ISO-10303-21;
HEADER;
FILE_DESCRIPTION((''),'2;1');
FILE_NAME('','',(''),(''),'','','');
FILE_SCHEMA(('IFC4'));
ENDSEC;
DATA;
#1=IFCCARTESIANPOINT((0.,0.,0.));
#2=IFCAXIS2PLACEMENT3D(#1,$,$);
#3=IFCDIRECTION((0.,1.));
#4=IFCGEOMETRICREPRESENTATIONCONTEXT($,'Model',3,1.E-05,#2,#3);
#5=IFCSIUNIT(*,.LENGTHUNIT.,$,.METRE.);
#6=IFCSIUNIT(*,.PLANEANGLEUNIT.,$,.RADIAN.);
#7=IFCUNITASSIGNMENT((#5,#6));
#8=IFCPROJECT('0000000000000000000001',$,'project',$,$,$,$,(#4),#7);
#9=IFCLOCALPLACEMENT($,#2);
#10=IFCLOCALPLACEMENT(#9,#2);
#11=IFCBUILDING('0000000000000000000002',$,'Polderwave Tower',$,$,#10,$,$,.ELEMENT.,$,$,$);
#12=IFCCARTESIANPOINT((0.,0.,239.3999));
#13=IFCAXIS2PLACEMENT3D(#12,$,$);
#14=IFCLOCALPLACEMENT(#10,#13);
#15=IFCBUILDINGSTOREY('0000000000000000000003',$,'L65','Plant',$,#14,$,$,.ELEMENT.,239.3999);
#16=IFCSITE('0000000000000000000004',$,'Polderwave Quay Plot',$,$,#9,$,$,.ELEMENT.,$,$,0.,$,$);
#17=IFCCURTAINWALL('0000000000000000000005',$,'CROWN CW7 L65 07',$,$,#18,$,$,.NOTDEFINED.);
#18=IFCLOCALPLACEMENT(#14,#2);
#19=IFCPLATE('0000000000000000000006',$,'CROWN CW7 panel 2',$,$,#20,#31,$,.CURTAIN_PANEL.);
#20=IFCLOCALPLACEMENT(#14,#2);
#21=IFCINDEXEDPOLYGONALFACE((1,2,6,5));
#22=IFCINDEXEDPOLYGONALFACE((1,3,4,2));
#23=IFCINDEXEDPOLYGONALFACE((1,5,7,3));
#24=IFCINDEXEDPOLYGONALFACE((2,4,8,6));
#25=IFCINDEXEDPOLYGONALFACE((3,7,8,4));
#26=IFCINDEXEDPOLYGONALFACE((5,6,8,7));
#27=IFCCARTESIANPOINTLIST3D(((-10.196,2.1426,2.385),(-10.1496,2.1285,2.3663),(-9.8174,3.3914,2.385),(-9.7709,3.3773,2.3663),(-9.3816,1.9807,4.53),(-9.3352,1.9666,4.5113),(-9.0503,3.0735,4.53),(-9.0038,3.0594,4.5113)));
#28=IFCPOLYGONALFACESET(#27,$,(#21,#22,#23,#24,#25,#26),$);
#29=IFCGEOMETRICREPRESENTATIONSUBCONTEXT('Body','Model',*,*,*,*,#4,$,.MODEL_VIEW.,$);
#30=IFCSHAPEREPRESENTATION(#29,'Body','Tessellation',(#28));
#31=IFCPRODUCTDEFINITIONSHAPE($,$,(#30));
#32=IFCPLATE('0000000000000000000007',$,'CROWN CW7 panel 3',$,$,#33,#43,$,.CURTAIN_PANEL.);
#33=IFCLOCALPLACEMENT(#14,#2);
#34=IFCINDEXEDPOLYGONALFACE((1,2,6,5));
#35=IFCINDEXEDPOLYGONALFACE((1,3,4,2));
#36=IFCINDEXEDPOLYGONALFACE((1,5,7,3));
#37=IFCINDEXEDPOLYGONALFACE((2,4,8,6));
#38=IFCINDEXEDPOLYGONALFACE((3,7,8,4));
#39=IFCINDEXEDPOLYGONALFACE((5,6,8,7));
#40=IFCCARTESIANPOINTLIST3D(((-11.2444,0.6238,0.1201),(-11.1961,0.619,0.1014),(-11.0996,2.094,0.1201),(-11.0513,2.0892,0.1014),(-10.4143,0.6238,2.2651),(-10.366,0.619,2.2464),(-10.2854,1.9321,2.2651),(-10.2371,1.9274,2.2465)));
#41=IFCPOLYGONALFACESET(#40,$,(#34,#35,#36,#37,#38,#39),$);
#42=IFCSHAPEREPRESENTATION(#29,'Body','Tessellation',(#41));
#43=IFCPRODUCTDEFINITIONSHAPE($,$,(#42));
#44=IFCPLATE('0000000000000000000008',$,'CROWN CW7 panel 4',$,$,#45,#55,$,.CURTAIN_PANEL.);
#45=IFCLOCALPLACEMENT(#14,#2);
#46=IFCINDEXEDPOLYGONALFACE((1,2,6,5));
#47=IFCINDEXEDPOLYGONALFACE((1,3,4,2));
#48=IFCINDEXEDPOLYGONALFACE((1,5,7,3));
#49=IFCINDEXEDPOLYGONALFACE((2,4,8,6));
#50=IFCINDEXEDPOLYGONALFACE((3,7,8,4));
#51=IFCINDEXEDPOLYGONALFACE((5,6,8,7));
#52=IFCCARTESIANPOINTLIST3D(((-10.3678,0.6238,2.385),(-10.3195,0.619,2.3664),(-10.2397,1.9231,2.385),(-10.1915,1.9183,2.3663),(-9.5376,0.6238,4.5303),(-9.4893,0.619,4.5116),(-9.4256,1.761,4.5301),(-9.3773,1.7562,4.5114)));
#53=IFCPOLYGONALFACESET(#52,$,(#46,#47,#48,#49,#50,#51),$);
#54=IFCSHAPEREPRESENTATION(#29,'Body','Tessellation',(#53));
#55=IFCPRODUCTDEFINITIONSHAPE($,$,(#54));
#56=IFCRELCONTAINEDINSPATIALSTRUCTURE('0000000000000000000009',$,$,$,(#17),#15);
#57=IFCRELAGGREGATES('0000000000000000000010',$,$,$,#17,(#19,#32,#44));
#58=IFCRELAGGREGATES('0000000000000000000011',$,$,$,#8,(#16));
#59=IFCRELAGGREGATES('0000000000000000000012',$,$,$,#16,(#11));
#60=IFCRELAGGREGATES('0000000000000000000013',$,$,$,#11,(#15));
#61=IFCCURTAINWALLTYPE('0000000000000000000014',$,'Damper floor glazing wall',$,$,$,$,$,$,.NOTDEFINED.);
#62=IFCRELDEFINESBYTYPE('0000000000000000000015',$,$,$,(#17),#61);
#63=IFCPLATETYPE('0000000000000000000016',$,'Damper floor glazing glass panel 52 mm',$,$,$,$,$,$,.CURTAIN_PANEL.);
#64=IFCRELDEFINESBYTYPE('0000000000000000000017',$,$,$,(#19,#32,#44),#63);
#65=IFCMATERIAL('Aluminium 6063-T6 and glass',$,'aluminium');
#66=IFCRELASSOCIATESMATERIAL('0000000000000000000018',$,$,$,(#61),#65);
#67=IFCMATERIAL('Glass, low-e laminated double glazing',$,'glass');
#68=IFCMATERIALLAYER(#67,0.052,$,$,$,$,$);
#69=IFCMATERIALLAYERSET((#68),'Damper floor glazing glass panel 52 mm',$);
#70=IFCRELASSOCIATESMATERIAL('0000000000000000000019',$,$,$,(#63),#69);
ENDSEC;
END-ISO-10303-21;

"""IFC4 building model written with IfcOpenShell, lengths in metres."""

from ifc_helpers import new_model, si_unit, direction, frame, origin, place, context, subcontext, project, spatial, polyline, outline, extrude, material, layer, layer_set, type_object, element, aggregate, save


model = new_model("IFC4")

# Units and contexts
model_context = context("Model", 3, precision=1e-05, world=origin(), true_north=direction((0.0, 1.0)))
body_context = subcontext(model_context, "Body", "Model", "MODEL_VIEW")
ifc_project = project(units=[si_unit("LENGTHUNIT", "METRE"), si_unit("PLANEANGLEUNIT", "RADIAN")], contexts=[model_context])

# Site, building, storey
site_placement = place(None, origin())
site = spatial("IfcSite", under=ifc_project, at=site_placement, Name="Polderwave Quay Plot", CompositionType="ELEMENT", RefElevation=0.0)
building_placement = place(site_placement, origin())
building = spatial("IfcBuilding", under=site, at=building_placement, Name="Polderwave Tower", CompositionType="ELEMENT")
storey_placement = place(building_placement, frame((0.0, 0.0, 239.3999)))
storey = spatial("IfcBuildingStorey", under=building, at=storey_placement, Name="L65", Description="Plant", CompositionType="ELEMENT", Elevation=239.3999)

# Shared definitions
ifc_material_1 = material(Name="Aluminium 6063-T6 and glass", Category="aluminium")
curtain_wall_type = type_object("IfcCurtainWallType", Name="Damper floor glazing wall", PredefinedType="NOTDEFINED", material=ifc_material_1)

# Curtain wall
curtain_wall_1_placement = place(storey_placement, origin())
curtain_wall_1 = element("IfcCurtainWall", 1, at=curtain_wall_1_placement, inside=storey, type_object=curtain_wall_type, Name="CROWN CW7 L65 07", PredefinedType="NOTDEFINED")

# Plates
ifc_material_2 = material(Name="Glass, low-e laminated double glazing", Category="glass")
ifc_layer = layer(ifc_material_2, 0.052)
ifc_layer_set = layer_set([ifc_layer], Name="Damper floor glazing glass panel 52 mm")
plate_type = type_object("IfcPlateType", Name="Damper floor glazing glass panel 52 mm", PredefinedType="CURTAIN_PANEL", material=ifc_layer_set)
plate_1_placement = place(storey_placement, frame((-9.8174, 3.3914, 2.385), z_axis=(-0.893005, 0.27076, 0.359488), x_axis=(-0.29016, -0.956978, -0.000008)))
plate_1 = element("IfcPlate", 2, at=plate_1_placement, type_object=plate_type, Name="CROWN CW7 panel 2", PredefinedType="CURTAIN_PANEL", context=body_context, shape_type="SweptSolid", body=[
    extrude(outline(polyline([(0.0, 0.0), (1.3049, 0.0), (1.2235, 2.2987), (0.0816, 2.2987), (0.0, 0.0)])), origin(), (0.0, 0.0, -1.0), 0.052),
])
plate_2_placement = place(storey_placement, frame((-11.0996, 2.094, 0.1201), z_axis=(-0.92869, 0.091474, 0.3594), x_axis=(-0.09802, -0.995184, 0.000008)))
plate_2 = element("IfcPlate", 3, at=plate_2_placement, type_object=plate_type, Name="CROWN CW7 panel 3", PredefinedType="CURTAIN_PANEL", context=body_context, shape_type="SweptSolid", body=[
    extrude(outline(polyline([(0.0, 0.0), (1.4773, 0.0), (1.396, 2.2986), (0.0813, 2.2986), (0.0, 0.0)])), origin(), (0.0, 0.0, -1.0), 0.052),
])
plate_3_placement = place(storey_placement, frame((-10.2397, 1.9231, 2.385), z_axis=(-0.928691, 0.091509, 0.359386), x_axis=(-0.098051, -0.995181, 0.000025)))
plate_3 = element("IfcPlate", 4, at=plate_3_placement, type_object=plate_type, Name="CROWN CW7 panel 4", PredefinedType="CURTAIN_PANEL", context=body_context, shape_type="SweptSolid", body=[
    extrude(outline(polyline([(0.0, 0.0), (1.3056, 0.0), (1.2243, 2.2988), (0.0815, 2.2986), (0.0, 0.0)])), origin(), (0.0, 0.0, -1.0), 0.052),
])
aggregate(curtain_wall_1, [plate_1, plate_2, plate_3])

save(model, "model.ifc")
